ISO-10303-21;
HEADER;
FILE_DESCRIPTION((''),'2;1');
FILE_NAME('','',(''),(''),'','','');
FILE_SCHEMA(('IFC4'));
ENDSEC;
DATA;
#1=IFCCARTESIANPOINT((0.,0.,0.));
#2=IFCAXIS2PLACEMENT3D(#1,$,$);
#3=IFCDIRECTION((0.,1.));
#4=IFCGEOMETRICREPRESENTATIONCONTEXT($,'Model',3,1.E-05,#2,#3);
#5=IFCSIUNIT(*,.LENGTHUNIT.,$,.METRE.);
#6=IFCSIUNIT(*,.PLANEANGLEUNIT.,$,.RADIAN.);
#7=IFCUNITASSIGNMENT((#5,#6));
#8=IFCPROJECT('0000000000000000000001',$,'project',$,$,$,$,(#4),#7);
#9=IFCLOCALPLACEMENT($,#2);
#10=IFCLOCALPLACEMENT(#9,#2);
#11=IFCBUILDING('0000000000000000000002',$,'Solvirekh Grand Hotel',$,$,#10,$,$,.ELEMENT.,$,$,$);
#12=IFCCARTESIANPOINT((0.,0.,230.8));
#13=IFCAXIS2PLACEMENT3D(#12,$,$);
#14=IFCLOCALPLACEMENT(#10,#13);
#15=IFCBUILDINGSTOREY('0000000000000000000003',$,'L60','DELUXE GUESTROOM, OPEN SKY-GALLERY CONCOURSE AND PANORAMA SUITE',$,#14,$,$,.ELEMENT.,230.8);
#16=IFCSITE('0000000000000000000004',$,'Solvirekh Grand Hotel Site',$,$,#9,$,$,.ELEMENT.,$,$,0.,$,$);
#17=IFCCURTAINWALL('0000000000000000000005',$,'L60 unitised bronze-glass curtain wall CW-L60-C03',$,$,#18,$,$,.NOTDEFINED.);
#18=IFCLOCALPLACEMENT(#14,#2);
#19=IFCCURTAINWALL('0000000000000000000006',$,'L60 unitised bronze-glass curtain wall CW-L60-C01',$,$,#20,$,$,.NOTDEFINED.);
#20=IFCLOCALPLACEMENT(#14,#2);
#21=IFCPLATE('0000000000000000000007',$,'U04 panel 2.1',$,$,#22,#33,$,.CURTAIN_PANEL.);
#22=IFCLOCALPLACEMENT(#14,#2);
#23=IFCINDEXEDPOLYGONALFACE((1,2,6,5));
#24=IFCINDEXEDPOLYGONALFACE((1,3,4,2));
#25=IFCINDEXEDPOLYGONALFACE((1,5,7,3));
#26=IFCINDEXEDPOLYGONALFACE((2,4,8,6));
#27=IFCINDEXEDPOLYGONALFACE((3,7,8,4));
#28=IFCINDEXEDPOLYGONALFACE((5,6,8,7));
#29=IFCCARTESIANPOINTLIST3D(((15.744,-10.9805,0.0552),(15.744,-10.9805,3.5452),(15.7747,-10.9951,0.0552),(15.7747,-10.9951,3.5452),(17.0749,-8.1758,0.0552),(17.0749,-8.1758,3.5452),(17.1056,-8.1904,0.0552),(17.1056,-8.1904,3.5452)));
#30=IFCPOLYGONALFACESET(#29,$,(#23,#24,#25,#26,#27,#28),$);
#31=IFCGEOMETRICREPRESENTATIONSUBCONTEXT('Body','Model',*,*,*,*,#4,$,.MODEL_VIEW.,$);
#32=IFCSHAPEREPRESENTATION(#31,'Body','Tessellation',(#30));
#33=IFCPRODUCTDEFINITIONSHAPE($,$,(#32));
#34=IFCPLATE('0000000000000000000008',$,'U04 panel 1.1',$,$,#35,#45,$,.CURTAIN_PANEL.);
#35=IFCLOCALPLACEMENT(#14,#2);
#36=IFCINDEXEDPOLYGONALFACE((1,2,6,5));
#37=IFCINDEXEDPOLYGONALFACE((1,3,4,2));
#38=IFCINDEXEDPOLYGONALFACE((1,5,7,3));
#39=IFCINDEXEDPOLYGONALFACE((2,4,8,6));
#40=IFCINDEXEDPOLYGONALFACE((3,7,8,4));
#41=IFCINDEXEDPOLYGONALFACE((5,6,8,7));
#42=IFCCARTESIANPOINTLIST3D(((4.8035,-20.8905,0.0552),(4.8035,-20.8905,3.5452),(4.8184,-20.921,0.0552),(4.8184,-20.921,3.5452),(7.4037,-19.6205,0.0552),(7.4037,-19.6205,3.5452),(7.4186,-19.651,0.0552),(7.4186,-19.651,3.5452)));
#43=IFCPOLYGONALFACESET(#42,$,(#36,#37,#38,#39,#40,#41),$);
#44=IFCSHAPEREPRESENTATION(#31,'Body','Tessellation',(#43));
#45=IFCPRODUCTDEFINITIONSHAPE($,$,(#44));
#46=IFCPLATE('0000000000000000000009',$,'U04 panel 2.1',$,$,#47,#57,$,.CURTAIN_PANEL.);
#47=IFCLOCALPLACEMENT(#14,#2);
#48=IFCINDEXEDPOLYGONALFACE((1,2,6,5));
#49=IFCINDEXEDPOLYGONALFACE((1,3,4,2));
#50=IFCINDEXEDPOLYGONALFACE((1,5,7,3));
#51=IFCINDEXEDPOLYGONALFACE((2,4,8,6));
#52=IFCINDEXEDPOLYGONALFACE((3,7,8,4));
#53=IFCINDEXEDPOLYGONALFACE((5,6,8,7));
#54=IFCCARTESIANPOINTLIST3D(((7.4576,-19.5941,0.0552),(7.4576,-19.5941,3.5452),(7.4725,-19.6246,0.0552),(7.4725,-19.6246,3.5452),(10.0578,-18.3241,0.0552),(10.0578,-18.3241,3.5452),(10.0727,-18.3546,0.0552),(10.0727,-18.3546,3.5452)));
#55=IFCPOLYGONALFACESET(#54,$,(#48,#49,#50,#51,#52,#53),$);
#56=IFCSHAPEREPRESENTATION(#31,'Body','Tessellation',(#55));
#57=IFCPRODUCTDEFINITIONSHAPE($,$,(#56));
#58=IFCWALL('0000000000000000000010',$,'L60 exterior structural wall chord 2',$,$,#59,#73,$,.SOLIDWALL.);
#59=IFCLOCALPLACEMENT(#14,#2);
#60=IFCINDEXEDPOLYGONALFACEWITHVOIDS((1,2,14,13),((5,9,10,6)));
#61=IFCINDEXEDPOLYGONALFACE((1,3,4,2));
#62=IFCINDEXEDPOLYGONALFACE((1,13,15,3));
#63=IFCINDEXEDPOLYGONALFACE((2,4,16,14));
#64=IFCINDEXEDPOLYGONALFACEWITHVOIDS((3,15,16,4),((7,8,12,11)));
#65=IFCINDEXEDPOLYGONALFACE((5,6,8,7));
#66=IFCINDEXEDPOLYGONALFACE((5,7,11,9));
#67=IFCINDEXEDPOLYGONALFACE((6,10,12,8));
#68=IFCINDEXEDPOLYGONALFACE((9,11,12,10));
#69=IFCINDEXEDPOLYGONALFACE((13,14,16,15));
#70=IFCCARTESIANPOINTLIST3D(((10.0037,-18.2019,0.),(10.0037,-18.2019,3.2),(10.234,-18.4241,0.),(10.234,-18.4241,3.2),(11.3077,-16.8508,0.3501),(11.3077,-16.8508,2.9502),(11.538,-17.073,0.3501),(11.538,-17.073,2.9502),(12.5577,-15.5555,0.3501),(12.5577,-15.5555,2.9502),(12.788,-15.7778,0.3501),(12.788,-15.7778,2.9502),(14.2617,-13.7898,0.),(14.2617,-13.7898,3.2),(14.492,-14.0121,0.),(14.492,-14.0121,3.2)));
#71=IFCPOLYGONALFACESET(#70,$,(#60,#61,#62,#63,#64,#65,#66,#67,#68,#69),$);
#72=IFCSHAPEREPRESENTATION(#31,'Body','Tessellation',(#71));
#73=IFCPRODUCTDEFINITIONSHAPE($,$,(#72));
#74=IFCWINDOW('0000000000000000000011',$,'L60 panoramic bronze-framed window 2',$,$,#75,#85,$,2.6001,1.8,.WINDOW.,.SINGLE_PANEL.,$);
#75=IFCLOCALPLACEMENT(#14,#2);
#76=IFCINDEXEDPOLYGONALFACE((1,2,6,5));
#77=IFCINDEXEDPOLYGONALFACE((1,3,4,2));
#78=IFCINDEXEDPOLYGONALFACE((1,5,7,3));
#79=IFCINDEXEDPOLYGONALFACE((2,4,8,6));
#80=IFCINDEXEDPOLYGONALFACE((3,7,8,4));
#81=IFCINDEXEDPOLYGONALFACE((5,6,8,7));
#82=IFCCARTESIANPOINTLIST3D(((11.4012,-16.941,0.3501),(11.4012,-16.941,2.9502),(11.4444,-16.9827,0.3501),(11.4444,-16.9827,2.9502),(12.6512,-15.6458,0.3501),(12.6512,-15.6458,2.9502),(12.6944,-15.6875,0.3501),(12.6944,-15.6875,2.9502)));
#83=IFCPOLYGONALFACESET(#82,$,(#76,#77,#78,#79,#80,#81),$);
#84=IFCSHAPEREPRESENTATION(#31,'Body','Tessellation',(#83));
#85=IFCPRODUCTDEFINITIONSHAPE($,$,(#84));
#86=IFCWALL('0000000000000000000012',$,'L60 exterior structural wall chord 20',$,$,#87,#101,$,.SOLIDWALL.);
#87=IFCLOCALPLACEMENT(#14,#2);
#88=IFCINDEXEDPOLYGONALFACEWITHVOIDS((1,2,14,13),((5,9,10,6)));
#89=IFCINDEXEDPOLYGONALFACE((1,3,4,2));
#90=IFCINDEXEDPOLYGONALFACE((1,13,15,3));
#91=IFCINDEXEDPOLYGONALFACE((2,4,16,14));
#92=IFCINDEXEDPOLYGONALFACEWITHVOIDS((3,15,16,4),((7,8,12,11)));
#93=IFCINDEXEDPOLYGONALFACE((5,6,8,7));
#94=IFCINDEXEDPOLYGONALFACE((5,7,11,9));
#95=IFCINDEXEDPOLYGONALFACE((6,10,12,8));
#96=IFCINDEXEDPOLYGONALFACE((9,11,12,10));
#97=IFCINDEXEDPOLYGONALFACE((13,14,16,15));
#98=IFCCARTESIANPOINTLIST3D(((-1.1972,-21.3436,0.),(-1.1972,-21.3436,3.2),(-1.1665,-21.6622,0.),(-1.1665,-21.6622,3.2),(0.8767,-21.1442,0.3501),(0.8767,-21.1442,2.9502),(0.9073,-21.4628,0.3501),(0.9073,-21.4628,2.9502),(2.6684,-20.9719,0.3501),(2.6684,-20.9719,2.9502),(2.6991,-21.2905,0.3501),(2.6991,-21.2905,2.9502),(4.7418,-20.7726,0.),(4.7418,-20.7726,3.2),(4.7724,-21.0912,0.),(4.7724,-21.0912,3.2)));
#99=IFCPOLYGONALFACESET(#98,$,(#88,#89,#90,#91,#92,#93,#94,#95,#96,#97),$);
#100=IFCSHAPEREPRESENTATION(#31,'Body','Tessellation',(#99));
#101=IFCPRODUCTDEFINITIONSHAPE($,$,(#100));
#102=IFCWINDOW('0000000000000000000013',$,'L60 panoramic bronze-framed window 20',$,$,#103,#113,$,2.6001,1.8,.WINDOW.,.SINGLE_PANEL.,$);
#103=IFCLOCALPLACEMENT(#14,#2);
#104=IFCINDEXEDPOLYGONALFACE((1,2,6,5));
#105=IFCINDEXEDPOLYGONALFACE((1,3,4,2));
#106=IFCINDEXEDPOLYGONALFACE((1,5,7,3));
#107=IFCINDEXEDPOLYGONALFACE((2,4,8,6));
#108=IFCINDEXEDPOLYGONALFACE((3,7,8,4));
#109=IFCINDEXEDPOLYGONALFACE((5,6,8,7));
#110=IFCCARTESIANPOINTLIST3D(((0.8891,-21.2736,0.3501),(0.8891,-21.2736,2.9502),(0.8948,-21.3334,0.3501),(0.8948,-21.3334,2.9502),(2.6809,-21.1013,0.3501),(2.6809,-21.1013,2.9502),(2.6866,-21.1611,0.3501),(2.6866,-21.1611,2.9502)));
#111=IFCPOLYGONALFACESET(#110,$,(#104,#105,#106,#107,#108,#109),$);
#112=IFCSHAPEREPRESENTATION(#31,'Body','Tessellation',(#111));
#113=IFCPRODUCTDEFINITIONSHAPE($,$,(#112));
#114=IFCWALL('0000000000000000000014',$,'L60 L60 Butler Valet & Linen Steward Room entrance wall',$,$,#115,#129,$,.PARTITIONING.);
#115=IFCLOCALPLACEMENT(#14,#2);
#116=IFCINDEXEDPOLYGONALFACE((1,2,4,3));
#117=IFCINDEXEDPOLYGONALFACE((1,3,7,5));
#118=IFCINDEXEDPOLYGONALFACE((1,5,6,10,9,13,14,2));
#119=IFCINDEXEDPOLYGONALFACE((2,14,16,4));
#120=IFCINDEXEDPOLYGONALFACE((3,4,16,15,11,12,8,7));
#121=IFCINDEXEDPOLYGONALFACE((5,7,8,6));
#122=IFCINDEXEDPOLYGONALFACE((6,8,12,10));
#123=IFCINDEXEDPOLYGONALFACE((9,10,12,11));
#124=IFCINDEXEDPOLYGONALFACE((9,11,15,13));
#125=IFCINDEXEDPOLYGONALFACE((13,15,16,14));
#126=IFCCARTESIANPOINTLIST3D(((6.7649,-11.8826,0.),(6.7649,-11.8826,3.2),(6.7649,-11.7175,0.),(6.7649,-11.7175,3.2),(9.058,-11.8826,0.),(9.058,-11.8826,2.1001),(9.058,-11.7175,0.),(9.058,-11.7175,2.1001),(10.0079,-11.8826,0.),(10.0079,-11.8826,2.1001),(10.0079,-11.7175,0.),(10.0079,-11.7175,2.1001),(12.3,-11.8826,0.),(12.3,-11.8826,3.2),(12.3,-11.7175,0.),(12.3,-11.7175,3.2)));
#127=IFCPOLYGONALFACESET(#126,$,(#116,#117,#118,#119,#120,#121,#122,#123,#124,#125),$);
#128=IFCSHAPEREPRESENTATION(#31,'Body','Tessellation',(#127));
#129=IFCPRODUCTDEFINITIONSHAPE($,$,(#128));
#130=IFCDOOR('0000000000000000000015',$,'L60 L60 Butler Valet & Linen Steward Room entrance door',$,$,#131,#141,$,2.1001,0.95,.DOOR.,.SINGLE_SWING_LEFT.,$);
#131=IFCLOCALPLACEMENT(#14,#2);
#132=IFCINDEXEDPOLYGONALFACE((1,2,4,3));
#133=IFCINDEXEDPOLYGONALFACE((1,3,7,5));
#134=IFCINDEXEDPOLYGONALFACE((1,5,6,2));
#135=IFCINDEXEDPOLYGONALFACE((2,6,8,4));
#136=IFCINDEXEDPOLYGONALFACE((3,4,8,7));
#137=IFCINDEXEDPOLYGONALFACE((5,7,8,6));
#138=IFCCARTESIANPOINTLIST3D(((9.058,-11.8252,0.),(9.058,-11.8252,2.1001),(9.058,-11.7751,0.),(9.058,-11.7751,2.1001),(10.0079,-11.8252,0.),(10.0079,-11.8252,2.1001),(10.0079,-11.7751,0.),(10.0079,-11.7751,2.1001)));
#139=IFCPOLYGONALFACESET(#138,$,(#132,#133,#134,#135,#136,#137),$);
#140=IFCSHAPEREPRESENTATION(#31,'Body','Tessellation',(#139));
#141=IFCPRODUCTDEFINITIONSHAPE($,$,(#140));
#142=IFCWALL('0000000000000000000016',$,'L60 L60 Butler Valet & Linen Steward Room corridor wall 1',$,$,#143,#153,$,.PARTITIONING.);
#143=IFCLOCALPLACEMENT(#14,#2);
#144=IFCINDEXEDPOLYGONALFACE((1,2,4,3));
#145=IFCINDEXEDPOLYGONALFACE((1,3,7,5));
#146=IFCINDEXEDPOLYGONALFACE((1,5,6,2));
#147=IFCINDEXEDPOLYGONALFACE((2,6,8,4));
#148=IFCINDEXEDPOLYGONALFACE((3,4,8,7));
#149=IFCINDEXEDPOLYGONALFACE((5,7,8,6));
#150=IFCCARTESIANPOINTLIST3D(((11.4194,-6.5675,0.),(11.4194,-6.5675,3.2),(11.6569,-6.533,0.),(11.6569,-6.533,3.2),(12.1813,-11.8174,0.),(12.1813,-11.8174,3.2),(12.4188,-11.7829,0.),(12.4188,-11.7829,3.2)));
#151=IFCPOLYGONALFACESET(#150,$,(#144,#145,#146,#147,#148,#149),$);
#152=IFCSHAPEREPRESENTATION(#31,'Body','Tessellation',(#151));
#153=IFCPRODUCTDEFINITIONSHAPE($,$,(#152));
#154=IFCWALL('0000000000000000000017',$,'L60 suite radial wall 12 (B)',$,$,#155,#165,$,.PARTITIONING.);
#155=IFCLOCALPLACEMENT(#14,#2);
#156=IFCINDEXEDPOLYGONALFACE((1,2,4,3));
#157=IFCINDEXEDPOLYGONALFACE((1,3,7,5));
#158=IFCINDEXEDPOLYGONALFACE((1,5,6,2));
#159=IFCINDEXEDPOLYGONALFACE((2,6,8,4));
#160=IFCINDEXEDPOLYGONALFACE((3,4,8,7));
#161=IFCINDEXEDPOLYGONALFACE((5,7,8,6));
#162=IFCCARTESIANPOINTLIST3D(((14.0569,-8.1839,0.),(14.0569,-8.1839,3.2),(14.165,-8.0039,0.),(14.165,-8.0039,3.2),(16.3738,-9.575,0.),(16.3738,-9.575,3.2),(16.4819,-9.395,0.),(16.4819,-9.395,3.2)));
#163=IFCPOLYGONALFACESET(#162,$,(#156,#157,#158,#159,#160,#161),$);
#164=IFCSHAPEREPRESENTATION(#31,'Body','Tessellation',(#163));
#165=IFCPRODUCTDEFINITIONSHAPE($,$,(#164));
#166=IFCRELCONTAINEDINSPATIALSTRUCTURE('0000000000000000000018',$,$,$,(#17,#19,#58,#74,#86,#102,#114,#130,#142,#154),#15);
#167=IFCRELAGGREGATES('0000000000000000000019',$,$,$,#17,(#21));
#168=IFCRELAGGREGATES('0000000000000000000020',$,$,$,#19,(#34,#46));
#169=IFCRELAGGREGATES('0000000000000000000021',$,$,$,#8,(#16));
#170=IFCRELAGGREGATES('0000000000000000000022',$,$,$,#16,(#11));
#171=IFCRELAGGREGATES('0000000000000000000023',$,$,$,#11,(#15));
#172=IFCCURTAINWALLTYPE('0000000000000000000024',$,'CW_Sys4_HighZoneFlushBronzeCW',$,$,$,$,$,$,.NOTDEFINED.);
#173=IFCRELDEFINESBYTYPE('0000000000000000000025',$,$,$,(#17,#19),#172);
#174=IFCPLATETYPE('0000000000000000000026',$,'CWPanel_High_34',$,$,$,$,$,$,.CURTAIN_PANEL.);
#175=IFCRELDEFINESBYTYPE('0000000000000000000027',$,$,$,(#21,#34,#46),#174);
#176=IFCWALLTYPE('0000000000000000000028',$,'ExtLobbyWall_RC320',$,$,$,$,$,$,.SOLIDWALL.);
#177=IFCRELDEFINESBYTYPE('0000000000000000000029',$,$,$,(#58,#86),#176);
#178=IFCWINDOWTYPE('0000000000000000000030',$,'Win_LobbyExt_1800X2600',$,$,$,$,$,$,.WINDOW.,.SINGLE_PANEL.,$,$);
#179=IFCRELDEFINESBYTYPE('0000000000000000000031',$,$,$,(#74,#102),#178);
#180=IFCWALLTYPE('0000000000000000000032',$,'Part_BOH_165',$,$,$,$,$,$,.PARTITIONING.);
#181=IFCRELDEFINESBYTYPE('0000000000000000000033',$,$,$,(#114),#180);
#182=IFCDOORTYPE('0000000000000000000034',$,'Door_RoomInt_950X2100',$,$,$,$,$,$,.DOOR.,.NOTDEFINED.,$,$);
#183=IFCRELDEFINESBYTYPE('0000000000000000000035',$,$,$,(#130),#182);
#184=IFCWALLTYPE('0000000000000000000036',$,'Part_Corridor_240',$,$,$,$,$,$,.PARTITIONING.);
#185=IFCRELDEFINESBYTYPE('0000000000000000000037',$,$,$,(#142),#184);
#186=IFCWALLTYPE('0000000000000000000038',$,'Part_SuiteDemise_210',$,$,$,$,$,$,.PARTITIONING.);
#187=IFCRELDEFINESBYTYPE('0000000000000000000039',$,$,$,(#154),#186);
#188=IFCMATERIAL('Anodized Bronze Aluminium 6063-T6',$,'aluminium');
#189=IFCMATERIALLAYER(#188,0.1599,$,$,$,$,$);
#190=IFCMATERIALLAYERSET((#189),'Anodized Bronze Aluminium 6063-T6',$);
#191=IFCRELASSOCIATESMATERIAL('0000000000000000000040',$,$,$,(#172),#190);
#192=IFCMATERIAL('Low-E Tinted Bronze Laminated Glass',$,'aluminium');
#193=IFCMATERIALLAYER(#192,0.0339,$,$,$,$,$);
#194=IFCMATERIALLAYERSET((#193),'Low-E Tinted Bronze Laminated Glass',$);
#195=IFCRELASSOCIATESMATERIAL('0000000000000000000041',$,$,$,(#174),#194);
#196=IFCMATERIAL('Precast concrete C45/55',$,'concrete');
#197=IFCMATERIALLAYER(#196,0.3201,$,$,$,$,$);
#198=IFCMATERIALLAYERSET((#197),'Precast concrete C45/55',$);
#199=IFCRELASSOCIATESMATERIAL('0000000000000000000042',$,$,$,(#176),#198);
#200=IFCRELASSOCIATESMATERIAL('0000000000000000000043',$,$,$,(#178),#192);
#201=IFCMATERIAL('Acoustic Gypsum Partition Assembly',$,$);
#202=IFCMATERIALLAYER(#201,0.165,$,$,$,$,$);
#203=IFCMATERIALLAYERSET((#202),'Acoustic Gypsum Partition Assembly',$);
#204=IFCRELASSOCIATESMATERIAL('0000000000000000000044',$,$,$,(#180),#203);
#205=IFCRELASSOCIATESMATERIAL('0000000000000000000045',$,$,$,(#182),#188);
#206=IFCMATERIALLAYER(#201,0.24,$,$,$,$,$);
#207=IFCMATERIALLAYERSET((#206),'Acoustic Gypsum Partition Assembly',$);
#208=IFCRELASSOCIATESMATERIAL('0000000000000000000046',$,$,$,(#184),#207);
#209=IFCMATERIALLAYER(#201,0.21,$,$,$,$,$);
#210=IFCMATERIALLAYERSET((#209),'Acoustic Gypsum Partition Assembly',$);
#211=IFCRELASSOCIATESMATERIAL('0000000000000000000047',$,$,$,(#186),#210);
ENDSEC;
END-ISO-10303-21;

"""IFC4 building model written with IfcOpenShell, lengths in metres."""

from ifc_helpers import new_model, si_unit, direction, frame, frame_2d, origin, origin_2d, place, context, subcontext, project, spatial, rectangle, extrude, source, transform, mapped, material, layer, layer_set, type_object, element, fill, aggregate, save


model = new_model("IFC4")

# Units and contexts
model_context = context("Model", 3, precision=1e-05, world=origin(), true_north=direction((0.0, 1.0)))
body_context = subcontext(model_context, "Body", "Model", "MODEL_VIEW")
ifc_project = project(units=[si_unit("LENGTHUNIT", "METRE"), si_unit("PLANEANGLEUNIT", "RADIAN")], contexts=[model_context])

# Site, building, storey
site_placement = place(None, origin())
site = spatial("IfcSite", under=ifc_project, at=site_placement, Name="Solvirekh Grand Hotel Site", CompositionType="ELEMENT", RefElevation=0.0)
building_placement = place(site_placement, origin())
building = spatial("IfcBuilding", under=site, at=building_placement, Name="Solvirekh Grand Hotel", CompositionType="ELEMENT")
storey_placement = place(building_placement, frame((0.0, 0.0, 230.8)))
storey = spatial("IfcBuildingStorey", under=building, at=storey_placement, Name="L60", Description="DELUXE GUESTROOM, OPEN SKY-GALLERY CONCOURSE AND PANORAMA SUITE", CompositionType="ELEMENT", Elevation=230.8)

# Curtain walls
ifc_material_1 = material(Name="Anodized Bronze Aluminium 6063-T6", Category="aluminium")
ifc_layer_1 = layer(ifc_material_1, 0.1599)
ifc_layer_set_1 = layer_set([ifc_layer_1], Name="Anodized Bronze Aluminium 6063-T6")
curtain_wall_type = type_object("IfcCurtainWallType", Name="CW_Sys4_HighZoneFlushBronzeCW", PredefinedType="NOTDEFINED", material=ifc_layer_set_1)
curtain_wall_1_placement = place(storey_placement, origin())
curtain_wall_1 = element("IfcCurtainWall", 1, at=curtain_wall_1_placement, inside=storey, type_object=curtain_wall_type, Name="L60 unitised bronze-glass curtain wall CW-L60-C03", PredefinedType="NOTDEFINED")
curtain_wall_2_placement = place(storey_placement, origin())
curtain_wall_2 = element("IfcCurtainWall", 2, at=curtain_wall_2_placement, inside=storey, type_object=curtain_wall_type, Name="L60 unitised bronze-glass curtain wall CW-L60-C01", PredefinedType="NOTDEFINED")

# Plates
ifc_material_2 = material(Name="Low-E Tinted Bronze Laminated Glass", Category="aluminium")
ifc_layer_2 = layer(ifc_material_2, 0.0339)
ifc_layer_set_2 = layer_set([ifc_layer_2], Name="Low-E Tinted Bronze Laminated Glass")
plate_type = type_object("IfcPlateType", Name="CWPanel_High_34", PredefinedType="CURTAIN_PANEL", material=ifc_layer_set_2)
shared_shape_1 = source(origin(), body_context, "Body", "SweptSolid", [
    extrude(rectangle(XDim=3.1045, YDim=0.0339, at=origin_2d()), origin(), (0.0, 0.0, 1.0), 3.49),
])
plate_1_placement = place(storey_placement, frame((16.4248, -9.5854, 0.0552), z_axis=(0.0, 0.0, 1.0), x_axis=(0.428712, 0.903441, 0.0)))
plate_1 = element("IfcPlate", 3, at=plate_1_placement, type_object=plate_type, Name="U04 panel 2.1", PredefinedType="CURTAIN_PANEL", context=body_context, shape_type="MappedRepresentation", body=[
    mapped(shared_shape_1, transform((0.0, 0.0, 0.0), x_axis=(1.0, 0.0, 0.0), y_axis=(0.0, 1.0, 0.0), z_axis=(0.0, 0.0, 1.0), scale=1.0)),
])
aggregate(curtain_wall_1, [plate_1])
shared_shape_2 = source(origin(), body_context, "Body", "SweptSolid", [
    extrude(rectangle(XDim=2.8938, YDim=0.0339, at=origin_2d()), origin(), (0.0, 0.0, 1.0), 3.49),
])
plate_2_placement = place(storey_placement, frame((6.1111, -20.2708, 0.0552), z_axis=(0.0, 0.0, 1.0), x_axis=(0.898544, 0.438882, 0.0)))
plate_2 = element("IfcPlate", 4, at=plate_2_placement, type_object=plate_type, Name="U04 panel 1.1", PredefinedType="CURTAIN_PANEL", context=body_context, shape_type="MappedRepresentation", body=[
    mapped(shared_shape_2, transform((0.0, 0.0, 0.0), x_axis=(1.0, 0.0, 0.0), y_axis=(0.0, 1.0, 0.0), z_axis=(0.0, 0.0, 1.0), scale=1.0)),
])
plate_3_placement = place(storey_placement, frame((8.7651, -18.9744, 0.0552), z_axis=(0.0, 0.0, 1.0), x_axis=(0.898544, 0.438882, 0.0)))
plate_3 = element("IfcPlate", 5, at=plate_3_placement, type_object=plate_type, Name="U04 panel 2.1", PredefinedType="CURTAIN_PANEL", context=body_context, shape_type="MappedRepresentation", body=[
    mapped(shared_shape_2, transform((0.0, 0.0, 0.0), x_axis=(1.0, 0.0, 0.0), y_axis=(0.0, 1.0, 0.0), z_axis=(0.0, 0.0, 1.0), scale=1.0)),
])
aggregate(curtain_wall_2, [plate_2, plate_3])

# Walls, openings, windows
ifc_material_3 = material(Name="Precast concrete C45/55", Category="concrete")
ifc_layer_3 = layer(ifc_material_3, 0.3201)
ifc_layer_set_3 = layer_set([ifc_layer_3], Name="Precast concrete C45/55")
wall_type_1 = type_object("IfcWallType", Name="ExtLobbyWall_RC320", PredefinedType="SOLIDWALL", material=ifc_layer_set_3)
wall_1_placement = place(storey_placement, frame((14.377, -13.9009, 0.0), z_axis=(0.0, 0.0, 1.0), x_axis=(-0.694433, -0.719557, 0.0)))
wall_1 = element("IfcWall", 6, at=wall_1_placement, inside=storey, type_object=wall_type_1, Name="L60 exterior structural wall chord 2", PredefinedType="SOLIDWALL", context=body_context, shape_type="SweptSolid", body=[
    extrude(rectangle(XDim=6.1316, YDim=0.3201, at=frame_2d((3.0659, 0.0))), origin(), (0.0, 0.0, 1.0), 3.2),
])
opening_1_placement = place(wall_1_placement, frame((2.4541, 0.0, 0.3501)))
opening_1 = element("IfcOpeningElement", 7, at=opening_1_placement, cuts=wall_1, PredefinedType="OPENING", context=body_context, shape_type="SweptSolid", body=[
    extrude(rectangle(XDim=1.8, YDim=2.6001, at=frame_2d((0.8999, 1.3))), frame((0.0, 0.1699, 0.0), z_axis=(0.0, -1.0, 0.0), x_axis=(1.0, 0.0, 0.0)), (0.0, 0.0, 1.0), 0.3401),
])
window_type = type_object("IfcWindowType", Name="Win_LobbyExt_1800X2600", PartitioningType="SINGLE_PANEL", PredefinedType="WINDOW", material=ifc_material_2)
window_1_placement = place(opening_1_placement, origin())
window_1 = element("IfcWindow", 8, at=window_1_placement, inside=storey, type_object=window_type, Name="L60 panoramic bronze-framed window 2", OverallHeight=2.6001, OverallWidth=1.8, PartitioningType="SINGLE_PANEL", PredefinedType="WINDOW", context=body_context, shape_type="SweptSolid", body=[
    extrude(rectangle(XDim=1.8, YDim=2.6001, at=frame_2d((0.8999, 1.3))), frame((0.0, 0.03, 0.0), z_axis=(0.0, -1.0, 0.0), x_axis=(1.0, 0.0, 0.0)), (0.0, 0.0, 1.0), 0.0601),
])
fill(opening_1, window_1)
wall_2_placement = place(storey_placement, frame((4.7571, -20.9319, 0.0), z_axis=(0.0, 0.0, 1.0), x_axis=(-0.995409, -0.095711, 0.0)))
wall_2 = element("IfcWall", 9, at=wall_2_placement, inside=storey, type_object=wall_type_1, Name="L60 exterior structural wall chord 20", PredefinedType="SOLIDWALL", context=body_context, shape_type="SweptSolid", body=[
    extrude(rectangle(XDim=5.9663, YDim=0.3201, at=frame_2d((2.9832, 0.0))), origin(), (0.0, 0.0, 1.0), 3.2),
])
opening_2_placement = place(wall_2_placement, frame((2.083, 0.0, 0.3501)))
opening_2 = element("IfcOpeningElement", 10, at=opening_2_placement, cuts=wall_2, PredefinedType="OPENING", context=body_context, shape_type="SweptSolid", body=[
    extrude(rectangle(XDim=1.8, YDim=2.6001, at=frame_2d((0.8999, 1.3))), frame((0.0, 0.1699, 0.0), z_axis=(0.0, -1.0, 0.0), x_axis=(1.0, 0.0, 0.0)), (0.0, 0.0, 1.0), 0.3401),
])
window_2_placement = place(opening_2_placement, origin())
window_2 = element("IfcWindow", 11, at=window_2_placement, inside=storey, type_object=window_type, Name="L60 panoramic bronze-framed window 20", OverallHeight=2.6001, OverallWidth=1.8, PartitioningType="SINGLE_PANEL", PredefinedType="WINDOW", context=body_context, shape_type="SweptSolid", body=[
    extrude(rectangle(XDim=1.8, YDim=2.6001, at=frame_2d((0.8999, 1.3))), frame((0.0, 0.03, 0.0), z_axis=(0.0, -1.0, 0.0), x_axis=(1.0, 0.0, 0.0)), (0.0, 0.0, 1.0), 0.0601),
])
fill(opening_2, window_2)

# Wall, opening, door
ifc_material_4 = material(Name="Acoustic Gypsum Partition Assembly")
ifc_layer_4 = layer(ifc_material_4, 0.165)
ifc_layer_set_4 = layer_set([ifc_layer_4], Name="Acoustic Gypsum Partition Assembly")
wall_type_2 = type_object("IfcWallType", Name="Part_BOH_165", PredefinedType="PARTITIONING", material=ifc_layer_set_4)
wall_3_placement = place(storey_placement, frame((6.7649, -11.8, 0.0), z_axis=(0.0, 0.0, 1.0), x_axis=(1.0, 0.0, 0.0)))
wall_3 = element("IfcWall", 12, at=wall_3_placement, inside=storey, type_object=wall_type_2, Name="L60 L60 Butler Valet & Linen Steward Room entrance wall", PredefinedType="PARTITIONING", context=body_context, shape_type="SweptSolid", body=[
    extrude(rectangle(XDim=5.5352, YDim=0.165, at=frame_2d((2.7676, 0.0))), origin(), (0.0, 0.0, 1.0), 3.2),
])
opening_3_placement = place(wall_3_placement, frame((2.293, 0.0, 0.0)))
opening_3 = element("IfcOpeningElement", 13, at=opening_3_placement, cuts=wall_3, PredefinedType="OPENING", context=body_context, shape_type="SweptSolid", body=[
    extrude(rectangle(XDim=0.95, YDim=2.1001, at=frame_2d((0.4751, 1.05))), frame((0.0, 0.0925, 0.0), z_axis=(0.0, -1.0, 0.0), x_axis=(1.0, 0.0, 0.0)), (0.0, 0.0, 1.0), 0.1851),
])
door_type = type_object("IfcDoorType", Name="Door_RoomInt_950X2100", OperationType="NOTDEFINED", PredefinedType="DOOR", material=ifc_material_1)
door_placement = place(opening_3_placement, origin())
door = element("IfcDoor", 14, at=door_placement, inside=storey, type_object=door_type, Name="L60 L60 Butler Valet & Linen Steward Room entrance door", OperationType="SINGLE_SWING_LEFT", OverallHeight=2.1001, OverallWidth=0.95, PredefinedType="DOOR", context=body_context, shape_type="SweptSolid", body=[
    extrude(rectangle(XDim=0.95, YDim=2.1001, at=frame_2d((0.4751, 1.05))), frame((0.0, 0.0249, 0.0), z_axis=(0.0, -1.0, 0.0), x_axis=(1.0, 0.0, 0.0)), (0.0, 0.0, 1.0), 0.05),
])
fill(opening_3, door)

# Walls
ifc_layer_5 = layer(ifc_material_4, 0.24)
ifc_layer_set_5 = layer_set([ifc_layer_5], Name="Acoustic Gypsum Partition Assembly")
wall_type_3 = type_object("IfcWallType", Name="Part_Corridor_240", PredefinedType="PARTITIONING", material=ifc_layer_set_5)
wall_4_placement = place(storey_placement, frame((12.3, -11.8, 0.0), z_axis=(0.0, 0.0, 1.0), x_axis=(-0.143631, 0.989631, 0.0)))
element("IfcWall", 15, at=wall_4_placement, inside=storey, type_object=wall_type_3, Name="L60 L60 Butler Valet & Linen Steward Room corridor wall 1", PredefinedType="PARTITIONING", context=body_context, shape_type="SweptSolid", body=[
    extrude(rectangle(XDim=5.3049, YDim=0.24, at=frame_2d((2.6523, 0.0))), origin(), (0.0, 0.0, 1.0), 3.2),
])
ifc_layer_6 = layer(ifc_material_4, 0.21)
ifc_layer_set_6 = layer_set([ifc_layer_6], Name="Acoustic Gypsum Partition Assembly")
wall_type_4 = type_object("IfcWallType", Name="Part_SuiteDemise_210", PredefinedType="PARTITIONING", material=ifc_layer_set_6)
wall_5_placement = place(storey_placement, frame((14.1111, -8.094, 0.0), z_axis=(0.0, 0.0, 1.0), x_axis=(0.857333, -0.514761, 0.0)))
element("IfcWall", 16, at=wall_5_placement, inside=storey, type_object=wall_type_4, Name="L60 suite radial wall 12 (B)", PredefinedType="PARTITIONING", context=body_context, shape_type="SweptSolid", body=[
    extrude(rectangle(XDim=2.7024, YDim=0.21, at=frame_2d((1.3511, 0.0))), origin(), (0.0, 0.0, 1.0), 3.2),
])

save(model, "model.ifc")
